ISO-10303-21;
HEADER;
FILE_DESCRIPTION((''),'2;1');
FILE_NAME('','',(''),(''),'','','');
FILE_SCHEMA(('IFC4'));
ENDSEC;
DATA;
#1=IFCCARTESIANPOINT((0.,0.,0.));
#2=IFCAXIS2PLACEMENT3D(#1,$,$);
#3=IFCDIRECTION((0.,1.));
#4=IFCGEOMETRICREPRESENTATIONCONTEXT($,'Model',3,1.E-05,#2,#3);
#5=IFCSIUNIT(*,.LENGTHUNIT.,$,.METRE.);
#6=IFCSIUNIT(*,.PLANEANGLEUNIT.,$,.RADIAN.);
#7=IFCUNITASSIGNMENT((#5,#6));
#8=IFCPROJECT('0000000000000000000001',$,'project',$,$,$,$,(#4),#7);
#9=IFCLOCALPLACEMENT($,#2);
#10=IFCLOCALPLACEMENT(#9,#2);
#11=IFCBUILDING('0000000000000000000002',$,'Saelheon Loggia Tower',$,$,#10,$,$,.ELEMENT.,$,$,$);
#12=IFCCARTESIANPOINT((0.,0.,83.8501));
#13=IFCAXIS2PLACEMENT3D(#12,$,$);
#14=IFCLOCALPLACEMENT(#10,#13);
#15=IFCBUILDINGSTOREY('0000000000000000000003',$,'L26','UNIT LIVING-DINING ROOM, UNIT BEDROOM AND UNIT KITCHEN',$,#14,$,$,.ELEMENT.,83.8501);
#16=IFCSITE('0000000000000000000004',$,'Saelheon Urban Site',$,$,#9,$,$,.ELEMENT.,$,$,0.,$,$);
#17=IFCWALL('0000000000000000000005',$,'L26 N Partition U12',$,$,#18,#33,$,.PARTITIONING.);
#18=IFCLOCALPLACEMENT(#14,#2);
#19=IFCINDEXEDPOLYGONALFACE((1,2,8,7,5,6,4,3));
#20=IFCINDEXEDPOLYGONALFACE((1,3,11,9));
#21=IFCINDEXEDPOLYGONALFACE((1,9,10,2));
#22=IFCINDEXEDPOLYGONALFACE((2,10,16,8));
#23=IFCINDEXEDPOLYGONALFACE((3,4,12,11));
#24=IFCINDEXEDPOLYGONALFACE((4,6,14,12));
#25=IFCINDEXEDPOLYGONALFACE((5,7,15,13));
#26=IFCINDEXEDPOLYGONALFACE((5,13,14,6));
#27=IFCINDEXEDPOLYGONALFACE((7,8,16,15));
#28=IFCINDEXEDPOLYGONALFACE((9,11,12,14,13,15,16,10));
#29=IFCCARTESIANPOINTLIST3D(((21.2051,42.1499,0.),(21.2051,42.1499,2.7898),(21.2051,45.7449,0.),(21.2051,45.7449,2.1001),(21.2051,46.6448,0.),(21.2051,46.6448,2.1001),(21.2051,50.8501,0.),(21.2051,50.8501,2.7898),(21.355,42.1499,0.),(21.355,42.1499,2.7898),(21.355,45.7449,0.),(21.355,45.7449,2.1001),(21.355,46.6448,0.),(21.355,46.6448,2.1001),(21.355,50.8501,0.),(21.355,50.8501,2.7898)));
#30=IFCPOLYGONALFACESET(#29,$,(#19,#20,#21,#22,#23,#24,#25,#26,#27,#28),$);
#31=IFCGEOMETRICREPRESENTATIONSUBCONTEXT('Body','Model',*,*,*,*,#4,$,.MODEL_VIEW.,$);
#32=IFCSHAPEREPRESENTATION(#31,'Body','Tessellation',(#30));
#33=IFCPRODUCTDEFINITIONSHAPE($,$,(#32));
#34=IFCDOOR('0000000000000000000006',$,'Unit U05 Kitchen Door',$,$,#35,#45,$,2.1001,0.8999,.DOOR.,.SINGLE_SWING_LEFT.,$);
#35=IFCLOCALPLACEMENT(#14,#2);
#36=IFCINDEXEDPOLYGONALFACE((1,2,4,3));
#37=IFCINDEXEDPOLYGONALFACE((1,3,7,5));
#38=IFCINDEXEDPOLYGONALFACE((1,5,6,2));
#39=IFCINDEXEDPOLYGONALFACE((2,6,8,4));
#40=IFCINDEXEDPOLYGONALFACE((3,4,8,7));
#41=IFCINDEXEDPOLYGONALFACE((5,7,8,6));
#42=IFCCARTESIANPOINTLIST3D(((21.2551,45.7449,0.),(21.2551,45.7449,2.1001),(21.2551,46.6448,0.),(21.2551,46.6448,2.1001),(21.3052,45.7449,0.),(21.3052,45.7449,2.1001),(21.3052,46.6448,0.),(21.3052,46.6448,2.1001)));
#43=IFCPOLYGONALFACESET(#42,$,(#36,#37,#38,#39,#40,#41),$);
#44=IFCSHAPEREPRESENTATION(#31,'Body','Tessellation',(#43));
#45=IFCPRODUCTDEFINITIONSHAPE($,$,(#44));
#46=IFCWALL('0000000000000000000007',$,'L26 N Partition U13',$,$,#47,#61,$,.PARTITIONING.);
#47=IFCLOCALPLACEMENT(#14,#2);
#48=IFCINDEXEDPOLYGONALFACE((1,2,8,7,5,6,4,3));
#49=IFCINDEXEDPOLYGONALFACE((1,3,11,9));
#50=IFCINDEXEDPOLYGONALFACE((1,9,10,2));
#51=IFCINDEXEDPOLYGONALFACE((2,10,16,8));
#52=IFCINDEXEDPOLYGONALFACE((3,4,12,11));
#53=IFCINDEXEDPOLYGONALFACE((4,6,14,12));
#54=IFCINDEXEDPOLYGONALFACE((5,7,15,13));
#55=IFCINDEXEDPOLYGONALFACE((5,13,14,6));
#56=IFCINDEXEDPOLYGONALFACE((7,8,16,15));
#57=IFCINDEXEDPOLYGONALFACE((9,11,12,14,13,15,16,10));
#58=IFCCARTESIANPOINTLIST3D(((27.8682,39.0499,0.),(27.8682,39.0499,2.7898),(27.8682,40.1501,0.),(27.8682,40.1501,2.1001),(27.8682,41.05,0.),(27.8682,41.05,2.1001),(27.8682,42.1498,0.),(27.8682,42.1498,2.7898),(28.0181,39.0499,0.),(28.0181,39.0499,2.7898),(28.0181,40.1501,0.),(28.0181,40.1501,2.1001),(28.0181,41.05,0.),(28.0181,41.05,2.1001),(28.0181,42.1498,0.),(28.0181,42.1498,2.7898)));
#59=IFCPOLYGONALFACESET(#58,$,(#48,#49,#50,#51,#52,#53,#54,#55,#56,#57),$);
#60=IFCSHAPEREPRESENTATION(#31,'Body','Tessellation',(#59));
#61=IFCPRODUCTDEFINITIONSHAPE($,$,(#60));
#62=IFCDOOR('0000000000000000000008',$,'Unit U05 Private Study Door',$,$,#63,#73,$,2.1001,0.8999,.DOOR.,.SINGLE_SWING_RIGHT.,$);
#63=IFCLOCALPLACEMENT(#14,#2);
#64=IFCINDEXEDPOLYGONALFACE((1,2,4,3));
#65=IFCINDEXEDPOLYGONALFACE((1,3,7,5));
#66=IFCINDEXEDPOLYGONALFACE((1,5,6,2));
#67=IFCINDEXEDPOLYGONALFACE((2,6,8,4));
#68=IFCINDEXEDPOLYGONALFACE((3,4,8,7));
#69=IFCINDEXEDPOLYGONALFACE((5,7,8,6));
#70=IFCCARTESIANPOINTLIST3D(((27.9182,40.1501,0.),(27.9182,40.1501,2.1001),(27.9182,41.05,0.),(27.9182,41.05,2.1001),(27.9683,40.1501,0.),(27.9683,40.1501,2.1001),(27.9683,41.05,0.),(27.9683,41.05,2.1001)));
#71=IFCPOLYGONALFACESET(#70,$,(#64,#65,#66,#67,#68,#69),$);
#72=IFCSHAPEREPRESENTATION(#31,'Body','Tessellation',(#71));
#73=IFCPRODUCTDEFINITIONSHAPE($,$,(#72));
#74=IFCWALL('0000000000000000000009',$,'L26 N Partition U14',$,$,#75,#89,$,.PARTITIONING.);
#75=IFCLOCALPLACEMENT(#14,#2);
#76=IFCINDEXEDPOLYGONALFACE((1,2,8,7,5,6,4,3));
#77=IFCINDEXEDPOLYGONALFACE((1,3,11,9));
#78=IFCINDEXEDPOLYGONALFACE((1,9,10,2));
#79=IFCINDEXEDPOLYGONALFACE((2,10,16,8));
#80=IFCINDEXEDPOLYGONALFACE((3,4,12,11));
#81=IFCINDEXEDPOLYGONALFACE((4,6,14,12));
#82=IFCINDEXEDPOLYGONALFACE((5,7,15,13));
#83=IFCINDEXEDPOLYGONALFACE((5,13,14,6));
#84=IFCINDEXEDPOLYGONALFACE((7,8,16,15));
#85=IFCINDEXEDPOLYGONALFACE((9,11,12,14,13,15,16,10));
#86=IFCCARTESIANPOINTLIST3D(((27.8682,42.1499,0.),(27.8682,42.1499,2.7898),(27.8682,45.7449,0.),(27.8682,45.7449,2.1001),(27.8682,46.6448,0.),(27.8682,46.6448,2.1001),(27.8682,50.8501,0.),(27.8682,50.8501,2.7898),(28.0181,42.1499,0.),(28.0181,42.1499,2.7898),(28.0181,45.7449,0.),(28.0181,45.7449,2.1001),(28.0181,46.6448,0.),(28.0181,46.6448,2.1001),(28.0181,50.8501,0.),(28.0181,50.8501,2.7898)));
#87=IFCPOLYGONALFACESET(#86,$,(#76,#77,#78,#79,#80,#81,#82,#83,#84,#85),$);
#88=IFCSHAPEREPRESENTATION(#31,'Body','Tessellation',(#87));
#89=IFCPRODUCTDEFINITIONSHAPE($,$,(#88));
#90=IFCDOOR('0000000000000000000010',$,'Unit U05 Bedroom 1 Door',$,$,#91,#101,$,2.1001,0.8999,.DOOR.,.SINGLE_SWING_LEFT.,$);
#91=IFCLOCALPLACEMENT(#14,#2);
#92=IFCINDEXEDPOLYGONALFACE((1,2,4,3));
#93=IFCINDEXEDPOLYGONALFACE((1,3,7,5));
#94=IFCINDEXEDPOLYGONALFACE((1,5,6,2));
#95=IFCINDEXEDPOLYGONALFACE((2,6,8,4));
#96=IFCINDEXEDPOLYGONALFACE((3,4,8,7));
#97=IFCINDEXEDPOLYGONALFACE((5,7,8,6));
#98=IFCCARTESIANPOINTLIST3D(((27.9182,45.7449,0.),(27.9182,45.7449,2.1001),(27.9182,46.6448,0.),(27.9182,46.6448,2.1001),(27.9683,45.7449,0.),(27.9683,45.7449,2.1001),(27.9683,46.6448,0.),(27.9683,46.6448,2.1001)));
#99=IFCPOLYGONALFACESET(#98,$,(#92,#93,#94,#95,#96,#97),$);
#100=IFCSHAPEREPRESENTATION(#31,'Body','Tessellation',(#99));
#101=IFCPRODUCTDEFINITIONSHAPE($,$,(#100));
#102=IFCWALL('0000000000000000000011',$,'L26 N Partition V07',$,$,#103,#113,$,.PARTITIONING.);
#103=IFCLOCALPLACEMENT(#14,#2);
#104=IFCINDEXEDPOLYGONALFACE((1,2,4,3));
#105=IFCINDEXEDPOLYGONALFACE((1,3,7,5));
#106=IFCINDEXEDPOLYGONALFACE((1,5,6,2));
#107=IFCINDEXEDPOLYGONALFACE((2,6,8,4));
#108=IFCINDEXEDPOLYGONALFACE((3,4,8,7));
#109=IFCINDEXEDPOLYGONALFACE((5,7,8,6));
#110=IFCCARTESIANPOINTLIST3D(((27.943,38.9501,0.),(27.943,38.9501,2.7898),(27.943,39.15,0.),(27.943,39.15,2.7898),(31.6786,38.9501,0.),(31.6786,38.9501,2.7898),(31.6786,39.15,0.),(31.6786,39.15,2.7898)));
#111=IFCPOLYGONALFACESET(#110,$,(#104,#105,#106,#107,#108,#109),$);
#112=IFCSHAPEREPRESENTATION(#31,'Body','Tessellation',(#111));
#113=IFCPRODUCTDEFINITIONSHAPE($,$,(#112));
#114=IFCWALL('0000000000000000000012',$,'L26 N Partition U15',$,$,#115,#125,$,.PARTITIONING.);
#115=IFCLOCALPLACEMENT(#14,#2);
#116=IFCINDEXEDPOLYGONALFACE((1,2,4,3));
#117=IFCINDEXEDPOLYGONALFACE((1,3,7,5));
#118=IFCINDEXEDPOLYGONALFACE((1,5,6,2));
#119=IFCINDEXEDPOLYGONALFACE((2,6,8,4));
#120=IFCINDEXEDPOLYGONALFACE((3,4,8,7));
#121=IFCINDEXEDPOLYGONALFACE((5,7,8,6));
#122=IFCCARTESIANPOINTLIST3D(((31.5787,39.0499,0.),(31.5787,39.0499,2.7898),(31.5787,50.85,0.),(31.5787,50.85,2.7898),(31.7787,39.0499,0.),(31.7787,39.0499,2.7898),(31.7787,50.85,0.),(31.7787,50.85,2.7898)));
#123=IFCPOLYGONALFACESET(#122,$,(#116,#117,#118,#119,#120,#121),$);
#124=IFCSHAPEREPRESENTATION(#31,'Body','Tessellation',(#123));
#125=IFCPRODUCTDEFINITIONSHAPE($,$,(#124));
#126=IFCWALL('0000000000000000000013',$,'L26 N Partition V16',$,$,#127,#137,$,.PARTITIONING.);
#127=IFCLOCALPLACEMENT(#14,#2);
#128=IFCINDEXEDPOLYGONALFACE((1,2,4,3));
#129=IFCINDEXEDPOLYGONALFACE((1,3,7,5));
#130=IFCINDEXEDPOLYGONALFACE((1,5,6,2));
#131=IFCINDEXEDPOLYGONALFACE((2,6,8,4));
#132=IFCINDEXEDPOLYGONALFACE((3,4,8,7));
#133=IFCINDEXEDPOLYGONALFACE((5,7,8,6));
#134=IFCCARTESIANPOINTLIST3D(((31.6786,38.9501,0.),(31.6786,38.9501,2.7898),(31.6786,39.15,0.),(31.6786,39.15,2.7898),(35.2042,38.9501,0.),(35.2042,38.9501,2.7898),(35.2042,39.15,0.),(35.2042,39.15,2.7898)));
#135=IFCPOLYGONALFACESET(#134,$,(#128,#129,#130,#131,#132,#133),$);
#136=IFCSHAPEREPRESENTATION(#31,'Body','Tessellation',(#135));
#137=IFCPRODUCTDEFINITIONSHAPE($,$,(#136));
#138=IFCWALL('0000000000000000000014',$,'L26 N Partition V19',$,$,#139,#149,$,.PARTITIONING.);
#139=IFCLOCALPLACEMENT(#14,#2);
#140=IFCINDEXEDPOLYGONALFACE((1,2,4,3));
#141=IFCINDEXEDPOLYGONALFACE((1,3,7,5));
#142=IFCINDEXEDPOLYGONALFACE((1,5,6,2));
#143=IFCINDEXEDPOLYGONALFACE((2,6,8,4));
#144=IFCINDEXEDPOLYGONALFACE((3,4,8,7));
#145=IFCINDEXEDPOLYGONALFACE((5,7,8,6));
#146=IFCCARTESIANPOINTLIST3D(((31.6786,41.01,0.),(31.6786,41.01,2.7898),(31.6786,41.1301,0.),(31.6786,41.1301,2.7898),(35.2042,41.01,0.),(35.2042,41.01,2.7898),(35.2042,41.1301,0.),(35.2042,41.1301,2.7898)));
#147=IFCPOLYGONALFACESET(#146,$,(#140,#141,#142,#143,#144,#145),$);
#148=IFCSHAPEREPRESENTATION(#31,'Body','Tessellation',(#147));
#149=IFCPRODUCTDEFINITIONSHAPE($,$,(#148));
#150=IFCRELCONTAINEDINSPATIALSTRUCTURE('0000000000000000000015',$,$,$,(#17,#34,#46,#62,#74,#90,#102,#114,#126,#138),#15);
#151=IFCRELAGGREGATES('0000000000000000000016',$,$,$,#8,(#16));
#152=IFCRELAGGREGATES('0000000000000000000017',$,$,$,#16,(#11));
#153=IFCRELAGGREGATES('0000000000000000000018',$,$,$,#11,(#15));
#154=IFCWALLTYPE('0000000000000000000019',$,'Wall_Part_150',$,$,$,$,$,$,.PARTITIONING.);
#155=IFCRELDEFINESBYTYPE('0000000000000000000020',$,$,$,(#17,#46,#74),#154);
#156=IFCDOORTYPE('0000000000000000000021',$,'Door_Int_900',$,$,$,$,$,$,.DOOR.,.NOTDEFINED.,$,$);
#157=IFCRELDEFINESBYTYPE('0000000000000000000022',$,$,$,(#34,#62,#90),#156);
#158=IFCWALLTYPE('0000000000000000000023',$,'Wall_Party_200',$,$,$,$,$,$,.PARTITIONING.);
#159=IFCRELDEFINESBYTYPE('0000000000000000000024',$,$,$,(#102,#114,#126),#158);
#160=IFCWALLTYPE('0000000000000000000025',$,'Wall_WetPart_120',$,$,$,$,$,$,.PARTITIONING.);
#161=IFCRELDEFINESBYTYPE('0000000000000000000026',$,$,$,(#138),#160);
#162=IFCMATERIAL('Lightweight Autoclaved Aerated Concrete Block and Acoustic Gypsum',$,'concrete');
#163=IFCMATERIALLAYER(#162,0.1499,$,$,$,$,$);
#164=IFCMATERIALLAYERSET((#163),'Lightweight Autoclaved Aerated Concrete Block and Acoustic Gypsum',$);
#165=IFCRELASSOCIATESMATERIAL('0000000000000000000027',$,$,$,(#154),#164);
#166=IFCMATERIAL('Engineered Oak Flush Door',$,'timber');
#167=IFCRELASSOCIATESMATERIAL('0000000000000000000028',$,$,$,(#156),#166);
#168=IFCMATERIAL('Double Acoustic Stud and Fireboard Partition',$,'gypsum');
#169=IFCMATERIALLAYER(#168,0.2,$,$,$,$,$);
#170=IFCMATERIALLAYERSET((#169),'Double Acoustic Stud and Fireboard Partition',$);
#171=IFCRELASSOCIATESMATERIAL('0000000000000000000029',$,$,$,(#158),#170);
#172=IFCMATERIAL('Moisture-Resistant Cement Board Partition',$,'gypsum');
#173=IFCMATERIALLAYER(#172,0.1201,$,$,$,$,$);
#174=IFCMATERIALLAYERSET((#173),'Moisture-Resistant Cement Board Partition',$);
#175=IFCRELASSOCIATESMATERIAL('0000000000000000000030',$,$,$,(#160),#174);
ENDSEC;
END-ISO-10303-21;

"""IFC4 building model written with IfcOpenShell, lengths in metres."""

from ifc_helpers import new_model, si_unit, direction, frame, frame_2d, origin, place, context, subcontext, project, spatial, rectangle, extrude, source, transform, mapped, material, layer, layer_set, type_object, element, fill, save


model = new_model("IFC4")

# Units and contexts
model_context = context("Model", 3, precision=1e-05, world=origin(), true_north=direction((0.0, 1.0)))
body_context = subcontext(model_context, "Body", "Model", "MODEL_VIEW")
ifc_project = project(units=[si_unit("LENGTHUNIT", "METRE"), si_unit("PLANEANGLEUNIT", "RADIAN")], contexts=[model_context])

# Site, building, storey
site_placement = place(None, origin())
site = spatial("IfcSite", under=ifc_project, at=site_placement, Name="Saelheon Urban Site", CompositionType="ELEMENT", RefElevation=0.0)
building_placement = place(site_placement, origin())
building = spatial("IfcBuilding", under=site, at=building_placement, Name="Saelheon Loggia Tower", CompositionType="ELEMENT")
storey_placement = place(building_placement, frame((0.0, 0.0, 83.8501)))
storey = spatial("IfcBuildingStorey", under=building, at=storey_placement, Name="L26", Description="UNIT LIVING-DINING ROOM, UNIT BEDROOM AND UNIT KITCHEN", CompositionType="ELEMENT", Elevation=83.8501)

# Shared definitions
ifc_material_1 = material(Name="Lightweight Autoclaved Aerated Concrete Block and Acoustic Gypsum", Category="concrete")
ifc_layer_1 = layer(ifc_material_1, 0.1499)
ifc_layer_set_1 = layer_set([ifc_layer_1], Name="Lightweight Autoclaved Aerated Concrete Block and Acoustic Gypsum")
wall_type_1 = type_object("IfcWallType", Name="Wall_Part_150", PredefinedType="PARTITIONING", material=ifc_layer_set_1)

# Walls, openings, doors
wall_1_placement = place(storey_placement, frame((21.28, 42.1499, 0.0), z_axis=(0.0, 0.0, 1.0), x_axis=(0.0, 1.0, 0.0)))
wall_1 = element("IfcWall", 1, at=wall_1_placement, inside=storey, type_object=wall_type_1, Name="L26 N Partition U12", PredefinedType="PARTITIONING", context=body_context, shape_type="SweptSolid", body=[
    extrude(rectangle(XDim=8.7002, YDim=0.1499, at=frame_2d((4.3501, 0.0))), origin(), (0.0, 0.0, 1.0), 2.7898),
])
opening_1_placement = place(wall_1_placement, frame((3.595, 0.0, 0.0)))
opening_1 = element("IfcOpeningElement", 2, at=opening_1_placement, cuts=wall_1, PredefinedType="OPENING", context=body_context, shape_type="SweptSolid", body=[
    extrude(rectangle(XDim=0.8999, YDim=2.1001, at=frame_2d((0.45, 1.05))), frame((0.0, 0.0869, 0.0), z_axis=(0.0, -1.0, 0.0), x_axis=(1.0, 0.0, 0.0)), (0.0, 0.0, 1.0), 0.1738),
])
ifc_material_2 = material(Name="Engineered Oak Flush Door", Category="timber")
door_type = type_object("IfcDoorType", Name="Door_Int_900", OperationType="NOTDEFINED", PredefinedType="DOOR", material=ifc_material_2)
shared_shape_1 = source(origin(), body_context, "Body", "SweptSolid", [
    extrude(rectangle(XDim=0.8999, YDim=2.1001, at=frame_2d((0.45, 1.05))), frame((0.0, 0.0249, 0.0), z_axis=(0.0, -1.0, 0.0), x_axis=(1.0, 0.0, 0.0)), (0.0, 0.0, 1.0), 0.05),
])
door_1_placement = place(opening_1_placement, origin())
door_1 = element("IfcDoor", 3, at=door_1_placement, inside=storey, type_object=door_type, Name="Unit U05 Kitchen Door", OperationType="SINGLE_SWING_LEFT", OverallHeight=2.1001, OverallWidth=0.8999, PredefinedType="DOOR", context=body_context, shape_type="MappedRepresentation", body=[
    mapped(shared_shape_1, transform((0.0, 0.0, 0.0), scale=1.0)),
])
fill(opening_1, door_1)
wall_2_placement = place(storey_placement, frame((27.9431, 39.05, 0.0), z_axis=(0.0, 0.0, 1.0), x_axis=(0.0, 1.0, 0.0)))
wall_2 = element("IfcWall", 4, at=wall_2_placement, inside=storey, type_object=wall_type_1, Name="L26 N Partition U13", PredefinedType="PARTITIONING", context=body_context, shape_type="SweptSolid", body=[
    extrude(rectangle(XDim=3.0999, YDim=0.1499, at=frame_2d((1.5498, 0.0))), origin(), (0.0, 0.0, 1.0), 2.7898),
])
opening_2_placement = place(wall_2_placement, frame((1.1001, 0.0, 0.0)))
opening_2 = element("IfcOpeningElement", 5, at=opening_2_placement, cuts=wall_2, PredefinedType="OPENING", context=body_context, shape_type="SweptSolid", body=[
    extrude(rectangle(XDim=0.8999, YDim=2.1001, at=frame_2d((0.45, 1.05))), frame((0.0, 0.0869, 0.0), z_axis=(0.0, -1.0, 0.0), x_axis=(1.0, 0.0, 0.0)), (0.0, 0.0, 1.0), 0.1738),
])
door_2_placement = place(opening_2_placement, origin())
door_2 = element("IfcDoor", 6, at=door_2_placement, inside=storey, type_object=door_type, Name="Unit U05 Private Study Door", OperationType="SINGLE_SWING_RIGHT", OverallHeight=2.1001, OverallWidth=0.8999, PredefinedType="DOOR", context=body_context, shape_type="MappedRepresentation", body=[
    mapped(shared_shape_1, transform((0.0, 0.0, 0.0), scale=1.0)),
])
fill(opening_2, door_2)
wall_3_placement = place(storey_placement, frame((27.9431, 42.1499, 0.0), z_axis=(0.0, 0.0, 1.0), x_axis=(0.0, 1.0, 0.0)))
wall_3 = element("IfcWall", 7, at=wall_3_placement, inside=storey, type_object=wall_type_1, Name="L26 N Partition U14", PredefinedType="PARTITIONING", context=body_context, shape_type="SweptSolid", body=[
    extrude(rectangle(XDim=8.7002, YDim=0.1499, at=frame_2d((4.3501, 0.0))), origin(), (0.0, 0.0, 1.0), 2.7898),
])
opening_3_placement = place(wall_3_placement, frame((3.595, 0.0, 0.0)))
opening_3 = element("IfcOpeningElement", 8, at=opening_3_placement, cuts=wall_3, PredefinedType="OPENING", context=body_context, shape_type="SweptSolid", body=[
    extrude(rectangle(XDim=0.8999, YDim=2.1001, at=frame_2d((0.45, 1.05))), frame((0.0, 0.0869, 0.0), z_axis=(0.0, -1.0, 0.0), x_axis=(1.0, 0.0, 0.0)), (0.0, 0.0, 1.0), 0.1738),
])
door_3_placement = place(opening_3_placement, origin())
door_3 = element("IfcDoor", 9, at=door_3_placement, inside=storey, type_object=door_type, Name="Unit U05 Bedroom 1 Door", OperationType="SINGLE_SWING_LEFT", OverallHeight=2.1001, OverallWidth=0.8999, PredefinedType="DOOR", context=body_context, shape_type="MappedRepresentation", body=[
    mapped(shared_shape_1, transform((0.0, 0.0, 0.0), scale=1.0)),
])
fill(opening_3, door_3)

# Walls
ifc_material_3 = material(Name="Double Acoustic Stud and Fireboard Partition", Category="gypsum")
ifc_layer_2 = layer(ifc_material_3, 0.2)
ifc_layer_set_2 = layer_set([ifc_layer_2], Name="Double Acoustic Stud and Fireboard Partition")
wall_type_2 = type_object("IfcWallType", Name="Wall_Party_200", PredefinedType="PARTITIONING", material=ifc_layer_set_2)
wall_4_placement = place(storey_placement, frame((27.9431, 39.05, 0.0), z_axis=(0.0, 0.0, 1.0), x_axis=(1.0, 0.0, 0.0)))
element("IfcWall", 10, at=wall_4_placement, inside=storey, type_object=wall_type_2, Name="L26 N Partition V07", PredefinedType="PARTITIONING", context=body_context, shape_type="SweptSolid", body=[
    extrude(rectangle(XDim=3.7356, YDim=0.2, at=frame_2d((1.8677, 0.0))), origin(), (0.0, 0.0, 1.0), 2.7898),
])
wall_5_placement = place(storey_placement, frame((31.6787, 39.05, 0.0), z_axis=(0.0, 0.0, 1.0), x_axis=(0.0, 1.0, 0.0)))
element("IfcWall", 11, at=wall_5_placement, inside=storey, type_object=wall_type_2, Name="L26 N Partition U15", PredefinedType="PARTITIONING", context=body_context, shape_type="SweptSolid", body=[
    extrude(rectangle(XDim=11.8, YDim=0.2, at=frame_2d((5.8999, 0.0))), origin(), (0.0, 0.0, 1.0), 2.7898),
])
wall_6_placement = place(storey_placement, frame((31.6787, 39.05, 0.0), z_axis=(0.0, 0.0, 1.0), x_axis=(1.0, 0.0, 0.0)))
element("IfcWall", 12, at=wall_6_placement, inside=storey, type_object=wall_type_2, Name="L26 N Partition V16", PredefinedType="PARTITIONING", context=body_context, shape_type="SweptSolid", body=[
    extrude(rectangle(XDim=3.5256, YDim=0.2, at=frame_2d((1.7627, 0.0))), origin(), (0.0, 0.0, 1.0), 2.7898),
])
ifc_material_4 = material(Name="Moisture-Resistant Cement Board Partition", Category="gypsum")
ifc_layer_3 = layer(ifc_material_4, 0.1201)
ifc_layer_set_3 = layer_set([ifc_layer_3], Name="Moisture-Resistant Cement Board Partition")
wall_type_3 = type_object("IfcWallType", Name="Wall_WetPart_120", PredefinedType="PARTITIONING", material=ifc_layer_set_3)
wall_7_placement = place(storey_placement, frame((31.6787, 41.0701, 0.0), z_axis=(0.0, 0.0, 1.0), x_axis=(1.0, 0.0, 0.0)))
element("IfcWall", 13, at=wall_7_placement, inside=storey, type_object=wall_type_3, Name="L26 N Partition V19", PredefinedType="PARTITIONING", context=body_context, shape_type="SweptSolid", body=[
    extrude(rectangle(XDim=3.5256, YDim=0.1201, at=frame_2d((1.7627, 0.0))), origin(), (0.0, 0.0, 1.0), 2.7898),
])

save(model, "model.ifc")
